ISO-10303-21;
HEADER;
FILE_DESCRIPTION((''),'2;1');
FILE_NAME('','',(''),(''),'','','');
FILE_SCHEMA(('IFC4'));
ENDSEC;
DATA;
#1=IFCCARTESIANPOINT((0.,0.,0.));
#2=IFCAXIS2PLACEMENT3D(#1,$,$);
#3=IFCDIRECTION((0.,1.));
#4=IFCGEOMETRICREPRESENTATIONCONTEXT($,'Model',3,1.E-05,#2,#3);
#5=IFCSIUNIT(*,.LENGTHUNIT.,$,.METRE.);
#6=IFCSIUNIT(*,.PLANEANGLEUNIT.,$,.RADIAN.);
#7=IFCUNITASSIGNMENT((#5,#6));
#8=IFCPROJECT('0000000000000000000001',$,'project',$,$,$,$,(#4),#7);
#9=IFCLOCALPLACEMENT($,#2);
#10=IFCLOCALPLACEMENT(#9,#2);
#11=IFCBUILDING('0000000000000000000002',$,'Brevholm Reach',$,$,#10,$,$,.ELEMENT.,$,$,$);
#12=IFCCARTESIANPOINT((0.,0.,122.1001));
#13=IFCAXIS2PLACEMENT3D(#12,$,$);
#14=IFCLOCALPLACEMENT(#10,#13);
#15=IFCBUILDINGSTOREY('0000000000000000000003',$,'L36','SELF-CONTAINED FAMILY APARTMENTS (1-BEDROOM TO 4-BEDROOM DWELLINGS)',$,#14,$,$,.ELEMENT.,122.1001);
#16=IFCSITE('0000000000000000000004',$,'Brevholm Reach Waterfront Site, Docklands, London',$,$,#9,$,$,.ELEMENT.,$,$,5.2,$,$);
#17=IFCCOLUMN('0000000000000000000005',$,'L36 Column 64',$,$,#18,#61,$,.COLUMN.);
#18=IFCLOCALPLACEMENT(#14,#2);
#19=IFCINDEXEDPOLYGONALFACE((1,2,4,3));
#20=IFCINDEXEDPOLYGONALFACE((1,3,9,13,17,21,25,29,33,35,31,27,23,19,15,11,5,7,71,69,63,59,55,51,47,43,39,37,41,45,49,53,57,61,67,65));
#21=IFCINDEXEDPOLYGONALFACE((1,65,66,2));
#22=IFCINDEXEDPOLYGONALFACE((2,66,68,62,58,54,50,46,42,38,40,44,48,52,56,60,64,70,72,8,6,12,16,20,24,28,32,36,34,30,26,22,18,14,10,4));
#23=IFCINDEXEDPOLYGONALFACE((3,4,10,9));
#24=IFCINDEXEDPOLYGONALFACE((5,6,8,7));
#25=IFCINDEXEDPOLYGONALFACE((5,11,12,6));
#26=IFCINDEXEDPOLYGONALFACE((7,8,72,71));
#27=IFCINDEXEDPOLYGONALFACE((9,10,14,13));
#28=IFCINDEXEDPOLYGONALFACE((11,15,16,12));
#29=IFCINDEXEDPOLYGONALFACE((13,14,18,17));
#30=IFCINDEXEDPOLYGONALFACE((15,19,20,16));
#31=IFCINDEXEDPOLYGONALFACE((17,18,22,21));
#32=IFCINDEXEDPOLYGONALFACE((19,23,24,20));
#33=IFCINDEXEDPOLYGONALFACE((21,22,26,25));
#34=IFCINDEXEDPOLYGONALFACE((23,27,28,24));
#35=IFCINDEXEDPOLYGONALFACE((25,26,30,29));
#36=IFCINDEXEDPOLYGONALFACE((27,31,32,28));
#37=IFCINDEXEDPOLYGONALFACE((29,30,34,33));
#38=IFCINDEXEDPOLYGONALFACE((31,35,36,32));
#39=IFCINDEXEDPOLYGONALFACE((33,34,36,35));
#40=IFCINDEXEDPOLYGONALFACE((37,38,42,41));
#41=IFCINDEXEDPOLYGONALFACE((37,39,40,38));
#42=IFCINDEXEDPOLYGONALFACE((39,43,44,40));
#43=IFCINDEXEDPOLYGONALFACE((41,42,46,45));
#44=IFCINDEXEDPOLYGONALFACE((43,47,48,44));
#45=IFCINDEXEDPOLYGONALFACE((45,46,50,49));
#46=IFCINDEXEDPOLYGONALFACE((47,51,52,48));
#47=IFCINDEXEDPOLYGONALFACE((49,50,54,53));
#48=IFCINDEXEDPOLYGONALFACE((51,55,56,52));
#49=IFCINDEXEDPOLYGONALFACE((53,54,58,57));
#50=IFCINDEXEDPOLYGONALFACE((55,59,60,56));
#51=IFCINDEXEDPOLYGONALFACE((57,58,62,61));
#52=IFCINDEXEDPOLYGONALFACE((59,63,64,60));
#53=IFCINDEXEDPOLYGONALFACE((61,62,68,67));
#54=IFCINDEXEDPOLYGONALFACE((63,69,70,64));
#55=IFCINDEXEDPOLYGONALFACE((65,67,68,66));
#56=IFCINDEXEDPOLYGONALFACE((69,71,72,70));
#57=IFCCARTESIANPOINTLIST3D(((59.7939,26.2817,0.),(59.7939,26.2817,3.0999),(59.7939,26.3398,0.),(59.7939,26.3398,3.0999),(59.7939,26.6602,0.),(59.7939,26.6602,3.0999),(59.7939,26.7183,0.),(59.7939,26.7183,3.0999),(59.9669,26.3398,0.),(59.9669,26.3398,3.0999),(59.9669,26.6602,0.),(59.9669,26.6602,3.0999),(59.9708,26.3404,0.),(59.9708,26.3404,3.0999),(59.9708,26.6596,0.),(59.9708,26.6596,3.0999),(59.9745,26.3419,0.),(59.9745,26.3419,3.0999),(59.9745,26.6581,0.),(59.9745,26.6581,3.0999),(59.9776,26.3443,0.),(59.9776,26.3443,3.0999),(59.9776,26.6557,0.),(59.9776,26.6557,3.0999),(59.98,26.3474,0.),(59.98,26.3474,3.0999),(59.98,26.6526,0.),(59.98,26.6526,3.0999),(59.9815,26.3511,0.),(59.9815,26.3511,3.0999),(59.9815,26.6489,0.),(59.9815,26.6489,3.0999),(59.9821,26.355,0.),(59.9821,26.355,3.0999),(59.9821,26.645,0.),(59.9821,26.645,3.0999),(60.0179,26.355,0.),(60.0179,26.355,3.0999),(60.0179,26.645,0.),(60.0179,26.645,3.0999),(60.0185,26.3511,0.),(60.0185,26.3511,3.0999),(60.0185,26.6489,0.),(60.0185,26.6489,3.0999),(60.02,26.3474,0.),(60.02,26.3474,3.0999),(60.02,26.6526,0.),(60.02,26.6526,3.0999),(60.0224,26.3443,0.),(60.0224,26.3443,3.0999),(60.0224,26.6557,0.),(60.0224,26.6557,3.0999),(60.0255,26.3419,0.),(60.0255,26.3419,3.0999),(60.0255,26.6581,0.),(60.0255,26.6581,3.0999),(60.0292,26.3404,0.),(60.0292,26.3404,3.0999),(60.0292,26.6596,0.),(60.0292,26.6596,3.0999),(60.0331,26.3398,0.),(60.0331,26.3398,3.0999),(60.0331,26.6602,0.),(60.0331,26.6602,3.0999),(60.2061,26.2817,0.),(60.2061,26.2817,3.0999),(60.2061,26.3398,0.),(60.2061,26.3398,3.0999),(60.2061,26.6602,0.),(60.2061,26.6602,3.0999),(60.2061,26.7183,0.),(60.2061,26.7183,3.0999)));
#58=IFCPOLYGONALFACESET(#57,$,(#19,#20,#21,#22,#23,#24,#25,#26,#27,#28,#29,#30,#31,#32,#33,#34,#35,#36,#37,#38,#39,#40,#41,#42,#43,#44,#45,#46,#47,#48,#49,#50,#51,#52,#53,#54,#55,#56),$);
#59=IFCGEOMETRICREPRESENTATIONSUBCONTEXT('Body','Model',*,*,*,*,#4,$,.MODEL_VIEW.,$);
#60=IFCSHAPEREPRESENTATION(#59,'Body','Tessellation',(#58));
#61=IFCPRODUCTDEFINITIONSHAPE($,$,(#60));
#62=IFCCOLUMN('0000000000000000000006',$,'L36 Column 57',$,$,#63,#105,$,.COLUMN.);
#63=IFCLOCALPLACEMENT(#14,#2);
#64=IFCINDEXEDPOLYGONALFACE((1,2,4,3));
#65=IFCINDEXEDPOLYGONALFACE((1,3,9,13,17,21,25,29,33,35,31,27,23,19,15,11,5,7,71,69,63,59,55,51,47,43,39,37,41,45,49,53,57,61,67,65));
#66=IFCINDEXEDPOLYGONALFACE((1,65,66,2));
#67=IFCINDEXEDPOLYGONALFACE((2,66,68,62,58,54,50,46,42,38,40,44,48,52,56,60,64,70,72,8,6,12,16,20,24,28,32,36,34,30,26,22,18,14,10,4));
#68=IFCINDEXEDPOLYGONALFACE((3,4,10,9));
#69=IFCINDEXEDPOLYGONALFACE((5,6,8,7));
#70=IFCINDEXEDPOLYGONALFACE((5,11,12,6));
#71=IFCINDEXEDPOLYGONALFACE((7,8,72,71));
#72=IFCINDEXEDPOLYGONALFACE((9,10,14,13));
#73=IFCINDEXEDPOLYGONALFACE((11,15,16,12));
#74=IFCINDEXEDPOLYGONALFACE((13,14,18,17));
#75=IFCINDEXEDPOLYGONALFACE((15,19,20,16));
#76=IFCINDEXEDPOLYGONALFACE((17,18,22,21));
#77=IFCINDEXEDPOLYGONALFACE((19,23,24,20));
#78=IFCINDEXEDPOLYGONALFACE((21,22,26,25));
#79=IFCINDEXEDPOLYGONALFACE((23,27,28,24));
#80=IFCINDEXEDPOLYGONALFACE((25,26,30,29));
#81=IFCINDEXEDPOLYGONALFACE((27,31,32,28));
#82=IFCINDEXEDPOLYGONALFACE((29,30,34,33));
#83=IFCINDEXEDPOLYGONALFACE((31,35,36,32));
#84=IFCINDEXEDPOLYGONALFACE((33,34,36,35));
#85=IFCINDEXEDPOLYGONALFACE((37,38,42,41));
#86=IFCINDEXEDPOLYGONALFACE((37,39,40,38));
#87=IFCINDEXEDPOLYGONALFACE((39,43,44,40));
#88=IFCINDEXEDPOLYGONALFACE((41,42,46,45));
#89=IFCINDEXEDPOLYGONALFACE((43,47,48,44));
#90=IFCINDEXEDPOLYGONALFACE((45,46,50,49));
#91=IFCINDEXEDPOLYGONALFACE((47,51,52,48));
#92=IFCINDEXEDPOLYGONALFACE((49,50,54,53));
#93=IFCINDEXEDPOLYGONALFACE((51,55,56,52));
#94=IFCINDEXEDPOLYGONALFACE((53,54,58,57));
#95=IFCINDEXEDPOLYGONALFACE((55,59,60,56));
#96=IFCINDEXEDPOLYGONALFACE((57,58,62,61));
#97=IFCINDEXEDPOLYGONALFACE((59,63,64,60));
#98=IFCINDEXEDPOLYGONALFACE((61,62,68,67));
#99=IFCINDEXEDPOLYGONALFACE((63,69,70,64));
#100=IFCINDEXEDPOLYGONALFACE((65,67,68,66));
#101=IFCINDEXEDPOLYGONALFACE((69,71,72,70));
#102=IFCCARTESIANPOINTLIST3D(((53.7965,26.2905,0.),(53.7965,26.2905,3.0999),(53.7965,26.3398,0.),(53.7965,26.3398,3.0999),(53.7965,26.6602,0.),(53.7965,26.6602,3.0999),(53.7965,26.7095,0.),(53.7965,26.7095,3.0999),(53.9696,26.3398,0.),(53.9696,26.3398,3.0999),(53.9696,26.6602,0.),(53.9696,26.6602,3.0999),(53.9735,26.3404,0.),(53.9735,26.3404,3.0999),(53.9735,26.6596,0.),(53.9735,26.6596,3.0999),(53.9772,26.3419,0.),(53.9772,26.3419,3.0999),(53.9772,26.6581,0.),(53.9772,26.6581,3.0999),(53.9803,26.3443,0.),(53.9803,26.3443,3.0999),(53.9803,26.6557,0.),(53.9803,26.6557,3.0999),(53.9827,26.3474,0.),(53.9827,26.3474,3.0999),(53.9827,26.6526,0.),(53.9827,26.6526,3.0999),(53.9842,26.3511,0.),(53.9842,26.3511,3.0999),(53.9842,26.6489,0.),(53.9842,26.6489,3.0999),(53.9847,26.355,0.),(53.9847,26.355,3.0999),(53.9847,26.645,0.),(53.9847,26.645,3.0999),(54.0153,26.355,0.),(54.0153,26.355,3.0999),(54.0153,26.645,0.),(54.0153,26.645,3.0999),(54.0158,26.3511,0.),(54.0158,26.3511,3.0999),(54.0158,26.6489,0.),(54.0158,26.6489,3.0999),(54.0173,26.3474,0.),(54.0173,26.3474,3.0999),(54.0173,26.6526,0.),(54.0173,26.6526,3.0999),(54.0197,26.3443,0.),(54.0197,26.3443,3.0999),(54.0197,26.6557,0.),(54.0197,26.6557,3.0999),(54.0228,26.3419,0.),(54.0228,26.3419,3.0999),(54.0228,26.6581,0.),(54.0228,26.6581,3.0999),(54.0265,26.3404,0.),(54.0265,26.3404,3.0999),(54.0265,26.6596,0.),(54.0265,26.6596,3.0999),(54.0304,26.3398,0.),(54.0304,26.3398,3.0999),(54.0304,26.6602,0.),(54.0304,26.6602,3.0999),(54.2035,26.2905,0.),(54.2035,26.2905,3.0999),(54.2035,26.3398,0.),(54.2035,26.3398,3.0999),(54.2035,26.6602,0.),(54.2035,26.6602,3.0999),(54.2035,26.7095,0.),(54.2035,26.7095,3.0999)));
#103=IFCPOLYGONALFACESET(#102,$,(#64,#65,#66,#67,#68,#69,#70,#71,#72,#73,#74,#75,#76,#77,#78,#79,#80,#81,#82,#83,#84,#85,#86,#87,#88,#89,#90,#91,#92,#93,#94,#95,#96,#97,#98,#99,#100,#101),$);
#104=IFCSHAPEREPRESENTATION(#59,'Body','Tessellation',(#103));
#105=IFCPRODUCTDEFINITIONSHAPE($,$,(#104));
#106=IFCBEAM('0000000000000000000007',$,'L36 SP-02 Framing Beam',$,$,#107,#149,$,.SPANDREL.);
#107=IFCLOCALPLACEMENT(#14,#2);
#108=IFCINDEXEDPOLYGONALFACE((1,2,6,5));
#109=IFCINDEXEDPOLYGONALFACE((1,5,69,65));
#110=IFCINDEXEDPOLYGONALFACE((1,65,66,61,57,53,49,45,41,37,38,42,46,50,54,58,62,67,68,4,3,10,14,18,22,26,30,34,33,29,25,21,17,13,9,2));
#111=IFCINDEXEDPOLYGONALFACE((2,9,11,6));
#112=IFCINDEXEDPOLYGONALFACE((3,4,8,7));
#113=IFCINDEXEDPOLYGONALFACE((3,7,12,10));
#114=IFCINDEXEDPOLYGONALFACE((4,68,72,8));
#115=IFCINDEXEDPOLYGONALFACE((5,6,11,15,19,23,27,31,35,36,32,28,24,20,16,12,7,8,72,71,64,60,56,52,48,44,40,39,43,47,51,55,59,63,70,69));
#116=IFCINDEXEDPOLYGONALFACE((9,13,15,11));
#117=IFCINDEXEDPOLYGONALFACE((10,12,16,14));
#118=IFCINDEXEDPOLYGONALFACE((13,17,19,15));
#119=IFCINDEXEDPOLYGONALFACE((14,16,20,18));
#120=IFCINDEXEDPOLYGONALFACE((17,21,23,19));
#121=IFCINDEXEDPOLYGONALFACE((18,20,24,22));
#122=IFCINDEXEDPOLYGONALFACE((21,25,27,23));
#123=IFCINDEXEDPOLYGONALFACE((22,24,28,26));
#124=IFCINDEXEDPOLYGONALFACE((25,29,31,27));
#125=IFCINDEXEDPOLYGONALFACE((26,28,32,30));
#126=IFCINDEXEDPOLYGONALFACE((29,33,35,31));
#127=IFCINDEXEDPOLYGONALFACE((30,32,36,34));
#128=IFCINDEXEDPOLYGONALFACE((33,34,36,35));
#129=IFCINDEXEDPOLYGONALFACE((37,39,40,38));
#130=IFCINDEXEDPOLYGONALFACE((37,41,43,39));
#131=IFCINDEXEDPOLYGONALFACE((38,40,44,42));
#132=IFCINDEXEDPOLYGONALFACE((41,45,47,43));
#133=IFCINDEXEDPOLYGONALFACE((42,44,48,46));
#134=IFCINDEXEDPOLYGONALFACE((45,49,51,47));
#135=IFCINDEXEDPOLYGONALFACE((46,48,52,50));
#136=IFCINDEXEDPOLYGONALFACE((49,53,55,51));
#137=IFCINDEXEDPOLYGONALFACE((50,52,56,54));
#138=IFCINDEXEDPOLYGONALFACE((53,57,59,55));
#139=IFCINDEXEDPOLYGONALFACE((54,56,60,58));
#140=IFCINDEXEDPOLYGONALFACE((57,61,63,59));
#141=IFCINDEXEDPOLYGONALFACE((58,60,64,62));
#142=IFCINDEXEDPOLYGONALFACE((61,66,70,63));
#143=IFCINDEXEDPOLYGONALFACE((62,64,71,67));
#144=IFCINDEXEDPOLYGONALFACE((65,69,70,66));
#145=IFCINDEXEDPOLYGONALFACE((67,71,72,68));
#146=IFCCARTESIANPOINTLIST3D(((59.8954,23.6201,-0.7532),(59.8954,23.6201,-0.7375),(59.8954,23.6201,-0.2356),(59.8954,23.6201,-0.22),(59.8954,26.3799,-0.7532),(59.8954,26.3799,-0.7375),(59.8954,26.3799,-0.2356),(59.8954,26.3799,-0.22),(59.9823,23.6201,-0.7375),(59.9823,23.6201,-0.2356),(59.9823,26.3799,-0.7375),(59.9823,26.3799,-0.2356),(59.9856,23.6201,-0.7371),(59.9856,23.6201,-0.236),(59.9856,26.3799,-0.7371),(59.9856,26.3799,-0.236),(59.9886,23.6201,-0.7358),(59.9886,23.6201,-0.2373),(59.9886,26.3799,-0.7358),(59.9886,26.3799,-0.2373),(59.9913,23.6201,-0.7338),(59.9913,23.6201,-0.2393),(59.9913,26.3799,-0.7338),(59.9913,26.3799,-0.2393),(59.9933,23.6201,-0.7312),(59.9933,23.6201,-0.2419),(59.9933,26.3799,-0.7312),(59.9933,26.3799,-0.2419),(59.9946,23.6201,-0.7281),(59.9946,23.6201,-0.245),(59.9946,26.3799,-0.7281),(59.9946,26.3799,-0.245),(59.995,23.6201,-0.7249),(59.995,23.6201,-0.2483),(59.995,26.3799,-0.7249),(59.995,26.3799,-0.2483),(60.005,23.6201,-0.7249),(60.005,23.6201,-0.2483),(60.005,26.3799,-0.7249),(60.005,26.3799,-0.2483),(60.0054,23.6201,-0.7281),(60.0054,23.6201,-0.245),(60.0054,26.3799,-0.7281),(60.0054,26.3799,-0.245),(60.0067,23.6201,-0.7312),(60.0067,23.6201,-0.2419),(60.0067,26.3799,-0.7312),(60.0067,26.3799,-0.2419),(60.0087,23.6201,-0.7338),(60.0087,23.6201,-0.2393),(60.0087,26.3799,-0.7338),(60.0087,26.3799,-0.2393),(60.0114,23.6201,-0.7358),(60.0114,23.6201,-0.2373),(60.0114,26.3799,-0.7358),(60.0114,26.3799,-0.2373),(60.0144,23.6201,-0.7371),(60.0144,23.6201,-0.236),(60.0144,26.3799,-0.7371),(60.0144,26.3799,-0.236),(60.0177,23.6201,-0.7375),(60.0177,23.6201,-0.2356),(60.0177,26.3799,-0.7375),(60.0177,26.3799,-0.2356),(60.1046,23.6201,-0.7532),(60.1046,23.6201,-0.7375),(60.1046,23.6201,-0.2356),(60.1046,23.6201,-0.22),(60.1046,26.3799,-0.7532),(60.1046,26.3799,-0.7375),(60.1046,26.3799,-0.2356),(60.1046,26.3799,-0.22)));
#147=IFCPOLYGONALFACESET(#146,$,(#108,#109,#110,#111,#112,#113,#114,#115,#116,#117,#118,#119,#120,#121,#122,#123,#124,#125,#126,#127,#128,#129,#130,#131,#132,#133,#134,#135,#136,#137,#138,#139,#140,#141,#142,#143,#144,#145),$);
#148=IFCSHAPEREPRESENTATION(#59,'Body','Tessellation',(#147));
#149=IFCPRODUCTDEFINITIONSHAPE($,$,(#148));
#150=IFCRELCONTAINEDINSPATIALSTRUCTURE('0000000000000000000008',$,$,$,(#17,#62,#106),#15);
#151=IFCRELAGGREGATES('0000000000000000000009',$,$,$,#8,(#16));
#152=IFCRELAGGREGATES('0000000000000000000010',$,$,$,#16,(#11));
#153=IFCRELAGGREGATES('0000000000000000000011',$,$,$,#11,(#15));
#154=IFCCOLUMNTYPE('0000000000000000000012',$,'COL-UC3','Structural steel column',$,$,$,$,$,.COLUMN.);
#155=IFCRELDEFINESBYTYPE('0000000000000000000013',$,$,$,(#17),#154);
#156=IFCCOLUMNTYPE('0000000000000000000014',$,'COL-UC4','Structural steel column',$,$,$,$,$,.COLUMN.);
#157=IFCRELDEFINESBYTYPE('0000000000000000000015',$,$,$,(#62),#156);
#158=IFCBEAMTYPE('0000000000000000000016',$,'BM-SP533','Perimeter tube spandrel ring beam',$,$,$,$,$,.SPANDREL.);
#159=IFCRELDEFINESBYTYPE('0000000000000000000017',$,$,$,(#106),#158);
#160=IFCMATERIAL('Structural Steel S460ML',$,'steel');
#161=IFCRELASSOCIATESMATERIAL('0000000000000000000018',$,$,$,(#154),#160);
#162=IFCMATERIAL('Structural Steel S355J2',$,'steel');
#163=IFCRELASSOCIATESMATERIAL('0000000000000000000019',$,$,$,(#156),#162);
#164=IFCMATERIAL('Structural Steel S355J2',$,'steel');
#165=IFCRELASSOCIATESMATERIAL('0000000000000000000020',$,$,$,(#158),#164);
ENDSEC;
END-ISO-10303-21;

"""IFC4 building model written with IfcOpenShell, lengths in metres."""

from ifc_helpers import new_model, si_unit, direction, frame, origin, origin_2d, place, context, subcontext, project, spatial, i_section, extrude, material, material_profile, profile_set, type_object, element, save


model = new_model("IFC4")

# Units and contexts
model_context = context("Model", 3, precision=1e-05, world=origin(), true_north=direction((0.0, 1.0)))
body_context = subcontext(model_context, "Body", "Model", "MODEL_VIEW")
ifc_project = project(units=[si_unit("LENGTHUNIT", "METRE"), si_unit("PLANEANGLEUNIT", "RADIAN")], contexts=[model_context])

# Site, building, storey
site_placement = place(None, origin())
site = spatial("IfcSite", under=ifc_project, at=site_placement, Name="Brevholm Reach Waterfront Site, Docklands, London", CompositionType="ELEMENT", RefElevation=5.2)
building_placement = place(site_placement, origin())
building = spatial("IfcBuilding", under=site, at=building_placement, Name="Brevholm Reach", CompositionType="ELEMENT")
storey_placement = place(building_placement, frame((0.0, 0.0, 122.1001)))
storey = spatial("IfcBuildingStorey", under=building, at=storey_placement, Name="L36", Description="SELF-CONTAINED FAMILY APARTMENTS (1-BEDROOM TO 4-BEDROOM DWELLINGS)", CompositionType="ELEMENT", Elevation=122.1001)

# Columns
ifc_material_1 = material(Name="Structural Steel S460ML", Category="steel")
ifc_material_profile_1 = material_profile(ifc_material_1, i_section(OverallWidth=0.4121, OverallDepth=0.4365, WebThickness=0.0359, FlangeThickness=0.0581, FilletRadius=0.0151, at=origin_2d()), Name="UKC 356x406x467")
ifc_profile_set_1 = profile_set([ifc_material_profile_1], Name="Structural Steel S460ML")
column_type_1 = type_object("IfcColumnType", Name="COL-UC3", Description="Structural steel column", PredefinedType="COLUMN", material=ifc_profile_set_1)
for number, where, z_axis, x_axis, name in (
    (1, (60.0, 26.5, 0.0), (0.0, 0.0, 1.0), (1.0, 0.0, 0.0), "L36 Column 64"),
):
    element("IfcColumn", number, at=place(storey_placement, frame(where, z_axis=z_axis, x_axis=x_axis)), inside=storey, type_object=column_type_1, Name=name, PredefinedType="COLUMN", context=body_context, shape_type="SweptSolid", body=[
        extrude(i_section(OverallWidth=0.4121, OverallDepth=0.4365, WebThickness=0.0359, FlangeThickness=0.0581, FilletRadius=0.0151, at=origin_2d()), origin(), (0.0, 0.0, 1.0), 3.0999),
    ])
ifc_material_2 = material(Name="Structural Steel S355J2", Category="steel")
ifc_material_profile_2 = material_profile(ifc_material_2, i_section(OverallWidth=0.407, OverallDepth=0.4189, WebThickness=0.0305, FlangeThickness=0.0493, FilletRadius=0.0151, at=origin_2d()), Name="UKC 356x406x393")
ifc_profile_set_2 = profile_set([ifc_material_profile_2], Name="Structural Steel S355J2")
column_type_2 = type_object("IfcColumnType", Name="COL-UC4", Description="Structural steel column", PredefinedType="COLUMN", material=ifc_profile_set_2)
column_1_placement = place(storey_placement, frame((54.0, 26.5, 0.0), z_axis=(0.0, 0.0, 1.0), x_axis=(1.0, 0.0, 0.0)))
element("IfcColumn", 2, at=column_1_placement, inside=storey, type_object=column_type_2, Name="L36 Column 57", PredefinedType="COLUMN", context=body_context, shape_type="SweptSolid", body=[
    extrude(i_section(OverallWidth=0.407, OverallDepth=0.4189, WebThickness=0.0305, FlangeThickness=0.0493, FilletRadius=0.0151, at=origin_2d()), origin(), (0.0, 0.0, 1.0), 3.0999),
])

# Beam
ifc_material_3 = material(Name="Structural Steel S355J2", Category="steel")
ifc_material_profile_3 = material_profile(ifc_material_3, i_section(OverallWidth=0.2092, OverallDepth=0.5332, WebThickness=0.01, FlangeThickness=0.0156, FilletRadius=0.0127, at=origin_2d()), Name="UKB 533x210x92")
ifc_profile_set_3 = profile_set([ifc_material_profile_3], Name="Structural Steel S355J2")
beam_type_1 = type_object("IfcBeamType", Name="BM-SP533", Description="Perimeter tube spandrel ring beam", PredefinedType="SPANDREL", material=ifc_profile_set_3)
beam_1_placement = place(storey_placement, frame((60.0, 23.6201, -0.4866), z_axis=(0.0, 1.0, 0.0), x_axis=(-1.0, 0.0, 0.0)))
element("IfcBeam", 3, at=beam_1_placement, inside=storey, type_object=beam_type_1, Name="L36 SP-02 Framing Beam", PredefinedType="SPANDREL", context=body_context, shape_type="SweptSolid", body=[
    extrude(i_section(OverallWidth=0.2092, OverallDepth=0.5332, WebThickness=0.01, FlangeThickness=0.0156, FilletRadius=0.0127, at=origin_2d()), origin(), (0.0, 0.0, 1.0), 2.7598),
])

save(model, "model.ifc")
